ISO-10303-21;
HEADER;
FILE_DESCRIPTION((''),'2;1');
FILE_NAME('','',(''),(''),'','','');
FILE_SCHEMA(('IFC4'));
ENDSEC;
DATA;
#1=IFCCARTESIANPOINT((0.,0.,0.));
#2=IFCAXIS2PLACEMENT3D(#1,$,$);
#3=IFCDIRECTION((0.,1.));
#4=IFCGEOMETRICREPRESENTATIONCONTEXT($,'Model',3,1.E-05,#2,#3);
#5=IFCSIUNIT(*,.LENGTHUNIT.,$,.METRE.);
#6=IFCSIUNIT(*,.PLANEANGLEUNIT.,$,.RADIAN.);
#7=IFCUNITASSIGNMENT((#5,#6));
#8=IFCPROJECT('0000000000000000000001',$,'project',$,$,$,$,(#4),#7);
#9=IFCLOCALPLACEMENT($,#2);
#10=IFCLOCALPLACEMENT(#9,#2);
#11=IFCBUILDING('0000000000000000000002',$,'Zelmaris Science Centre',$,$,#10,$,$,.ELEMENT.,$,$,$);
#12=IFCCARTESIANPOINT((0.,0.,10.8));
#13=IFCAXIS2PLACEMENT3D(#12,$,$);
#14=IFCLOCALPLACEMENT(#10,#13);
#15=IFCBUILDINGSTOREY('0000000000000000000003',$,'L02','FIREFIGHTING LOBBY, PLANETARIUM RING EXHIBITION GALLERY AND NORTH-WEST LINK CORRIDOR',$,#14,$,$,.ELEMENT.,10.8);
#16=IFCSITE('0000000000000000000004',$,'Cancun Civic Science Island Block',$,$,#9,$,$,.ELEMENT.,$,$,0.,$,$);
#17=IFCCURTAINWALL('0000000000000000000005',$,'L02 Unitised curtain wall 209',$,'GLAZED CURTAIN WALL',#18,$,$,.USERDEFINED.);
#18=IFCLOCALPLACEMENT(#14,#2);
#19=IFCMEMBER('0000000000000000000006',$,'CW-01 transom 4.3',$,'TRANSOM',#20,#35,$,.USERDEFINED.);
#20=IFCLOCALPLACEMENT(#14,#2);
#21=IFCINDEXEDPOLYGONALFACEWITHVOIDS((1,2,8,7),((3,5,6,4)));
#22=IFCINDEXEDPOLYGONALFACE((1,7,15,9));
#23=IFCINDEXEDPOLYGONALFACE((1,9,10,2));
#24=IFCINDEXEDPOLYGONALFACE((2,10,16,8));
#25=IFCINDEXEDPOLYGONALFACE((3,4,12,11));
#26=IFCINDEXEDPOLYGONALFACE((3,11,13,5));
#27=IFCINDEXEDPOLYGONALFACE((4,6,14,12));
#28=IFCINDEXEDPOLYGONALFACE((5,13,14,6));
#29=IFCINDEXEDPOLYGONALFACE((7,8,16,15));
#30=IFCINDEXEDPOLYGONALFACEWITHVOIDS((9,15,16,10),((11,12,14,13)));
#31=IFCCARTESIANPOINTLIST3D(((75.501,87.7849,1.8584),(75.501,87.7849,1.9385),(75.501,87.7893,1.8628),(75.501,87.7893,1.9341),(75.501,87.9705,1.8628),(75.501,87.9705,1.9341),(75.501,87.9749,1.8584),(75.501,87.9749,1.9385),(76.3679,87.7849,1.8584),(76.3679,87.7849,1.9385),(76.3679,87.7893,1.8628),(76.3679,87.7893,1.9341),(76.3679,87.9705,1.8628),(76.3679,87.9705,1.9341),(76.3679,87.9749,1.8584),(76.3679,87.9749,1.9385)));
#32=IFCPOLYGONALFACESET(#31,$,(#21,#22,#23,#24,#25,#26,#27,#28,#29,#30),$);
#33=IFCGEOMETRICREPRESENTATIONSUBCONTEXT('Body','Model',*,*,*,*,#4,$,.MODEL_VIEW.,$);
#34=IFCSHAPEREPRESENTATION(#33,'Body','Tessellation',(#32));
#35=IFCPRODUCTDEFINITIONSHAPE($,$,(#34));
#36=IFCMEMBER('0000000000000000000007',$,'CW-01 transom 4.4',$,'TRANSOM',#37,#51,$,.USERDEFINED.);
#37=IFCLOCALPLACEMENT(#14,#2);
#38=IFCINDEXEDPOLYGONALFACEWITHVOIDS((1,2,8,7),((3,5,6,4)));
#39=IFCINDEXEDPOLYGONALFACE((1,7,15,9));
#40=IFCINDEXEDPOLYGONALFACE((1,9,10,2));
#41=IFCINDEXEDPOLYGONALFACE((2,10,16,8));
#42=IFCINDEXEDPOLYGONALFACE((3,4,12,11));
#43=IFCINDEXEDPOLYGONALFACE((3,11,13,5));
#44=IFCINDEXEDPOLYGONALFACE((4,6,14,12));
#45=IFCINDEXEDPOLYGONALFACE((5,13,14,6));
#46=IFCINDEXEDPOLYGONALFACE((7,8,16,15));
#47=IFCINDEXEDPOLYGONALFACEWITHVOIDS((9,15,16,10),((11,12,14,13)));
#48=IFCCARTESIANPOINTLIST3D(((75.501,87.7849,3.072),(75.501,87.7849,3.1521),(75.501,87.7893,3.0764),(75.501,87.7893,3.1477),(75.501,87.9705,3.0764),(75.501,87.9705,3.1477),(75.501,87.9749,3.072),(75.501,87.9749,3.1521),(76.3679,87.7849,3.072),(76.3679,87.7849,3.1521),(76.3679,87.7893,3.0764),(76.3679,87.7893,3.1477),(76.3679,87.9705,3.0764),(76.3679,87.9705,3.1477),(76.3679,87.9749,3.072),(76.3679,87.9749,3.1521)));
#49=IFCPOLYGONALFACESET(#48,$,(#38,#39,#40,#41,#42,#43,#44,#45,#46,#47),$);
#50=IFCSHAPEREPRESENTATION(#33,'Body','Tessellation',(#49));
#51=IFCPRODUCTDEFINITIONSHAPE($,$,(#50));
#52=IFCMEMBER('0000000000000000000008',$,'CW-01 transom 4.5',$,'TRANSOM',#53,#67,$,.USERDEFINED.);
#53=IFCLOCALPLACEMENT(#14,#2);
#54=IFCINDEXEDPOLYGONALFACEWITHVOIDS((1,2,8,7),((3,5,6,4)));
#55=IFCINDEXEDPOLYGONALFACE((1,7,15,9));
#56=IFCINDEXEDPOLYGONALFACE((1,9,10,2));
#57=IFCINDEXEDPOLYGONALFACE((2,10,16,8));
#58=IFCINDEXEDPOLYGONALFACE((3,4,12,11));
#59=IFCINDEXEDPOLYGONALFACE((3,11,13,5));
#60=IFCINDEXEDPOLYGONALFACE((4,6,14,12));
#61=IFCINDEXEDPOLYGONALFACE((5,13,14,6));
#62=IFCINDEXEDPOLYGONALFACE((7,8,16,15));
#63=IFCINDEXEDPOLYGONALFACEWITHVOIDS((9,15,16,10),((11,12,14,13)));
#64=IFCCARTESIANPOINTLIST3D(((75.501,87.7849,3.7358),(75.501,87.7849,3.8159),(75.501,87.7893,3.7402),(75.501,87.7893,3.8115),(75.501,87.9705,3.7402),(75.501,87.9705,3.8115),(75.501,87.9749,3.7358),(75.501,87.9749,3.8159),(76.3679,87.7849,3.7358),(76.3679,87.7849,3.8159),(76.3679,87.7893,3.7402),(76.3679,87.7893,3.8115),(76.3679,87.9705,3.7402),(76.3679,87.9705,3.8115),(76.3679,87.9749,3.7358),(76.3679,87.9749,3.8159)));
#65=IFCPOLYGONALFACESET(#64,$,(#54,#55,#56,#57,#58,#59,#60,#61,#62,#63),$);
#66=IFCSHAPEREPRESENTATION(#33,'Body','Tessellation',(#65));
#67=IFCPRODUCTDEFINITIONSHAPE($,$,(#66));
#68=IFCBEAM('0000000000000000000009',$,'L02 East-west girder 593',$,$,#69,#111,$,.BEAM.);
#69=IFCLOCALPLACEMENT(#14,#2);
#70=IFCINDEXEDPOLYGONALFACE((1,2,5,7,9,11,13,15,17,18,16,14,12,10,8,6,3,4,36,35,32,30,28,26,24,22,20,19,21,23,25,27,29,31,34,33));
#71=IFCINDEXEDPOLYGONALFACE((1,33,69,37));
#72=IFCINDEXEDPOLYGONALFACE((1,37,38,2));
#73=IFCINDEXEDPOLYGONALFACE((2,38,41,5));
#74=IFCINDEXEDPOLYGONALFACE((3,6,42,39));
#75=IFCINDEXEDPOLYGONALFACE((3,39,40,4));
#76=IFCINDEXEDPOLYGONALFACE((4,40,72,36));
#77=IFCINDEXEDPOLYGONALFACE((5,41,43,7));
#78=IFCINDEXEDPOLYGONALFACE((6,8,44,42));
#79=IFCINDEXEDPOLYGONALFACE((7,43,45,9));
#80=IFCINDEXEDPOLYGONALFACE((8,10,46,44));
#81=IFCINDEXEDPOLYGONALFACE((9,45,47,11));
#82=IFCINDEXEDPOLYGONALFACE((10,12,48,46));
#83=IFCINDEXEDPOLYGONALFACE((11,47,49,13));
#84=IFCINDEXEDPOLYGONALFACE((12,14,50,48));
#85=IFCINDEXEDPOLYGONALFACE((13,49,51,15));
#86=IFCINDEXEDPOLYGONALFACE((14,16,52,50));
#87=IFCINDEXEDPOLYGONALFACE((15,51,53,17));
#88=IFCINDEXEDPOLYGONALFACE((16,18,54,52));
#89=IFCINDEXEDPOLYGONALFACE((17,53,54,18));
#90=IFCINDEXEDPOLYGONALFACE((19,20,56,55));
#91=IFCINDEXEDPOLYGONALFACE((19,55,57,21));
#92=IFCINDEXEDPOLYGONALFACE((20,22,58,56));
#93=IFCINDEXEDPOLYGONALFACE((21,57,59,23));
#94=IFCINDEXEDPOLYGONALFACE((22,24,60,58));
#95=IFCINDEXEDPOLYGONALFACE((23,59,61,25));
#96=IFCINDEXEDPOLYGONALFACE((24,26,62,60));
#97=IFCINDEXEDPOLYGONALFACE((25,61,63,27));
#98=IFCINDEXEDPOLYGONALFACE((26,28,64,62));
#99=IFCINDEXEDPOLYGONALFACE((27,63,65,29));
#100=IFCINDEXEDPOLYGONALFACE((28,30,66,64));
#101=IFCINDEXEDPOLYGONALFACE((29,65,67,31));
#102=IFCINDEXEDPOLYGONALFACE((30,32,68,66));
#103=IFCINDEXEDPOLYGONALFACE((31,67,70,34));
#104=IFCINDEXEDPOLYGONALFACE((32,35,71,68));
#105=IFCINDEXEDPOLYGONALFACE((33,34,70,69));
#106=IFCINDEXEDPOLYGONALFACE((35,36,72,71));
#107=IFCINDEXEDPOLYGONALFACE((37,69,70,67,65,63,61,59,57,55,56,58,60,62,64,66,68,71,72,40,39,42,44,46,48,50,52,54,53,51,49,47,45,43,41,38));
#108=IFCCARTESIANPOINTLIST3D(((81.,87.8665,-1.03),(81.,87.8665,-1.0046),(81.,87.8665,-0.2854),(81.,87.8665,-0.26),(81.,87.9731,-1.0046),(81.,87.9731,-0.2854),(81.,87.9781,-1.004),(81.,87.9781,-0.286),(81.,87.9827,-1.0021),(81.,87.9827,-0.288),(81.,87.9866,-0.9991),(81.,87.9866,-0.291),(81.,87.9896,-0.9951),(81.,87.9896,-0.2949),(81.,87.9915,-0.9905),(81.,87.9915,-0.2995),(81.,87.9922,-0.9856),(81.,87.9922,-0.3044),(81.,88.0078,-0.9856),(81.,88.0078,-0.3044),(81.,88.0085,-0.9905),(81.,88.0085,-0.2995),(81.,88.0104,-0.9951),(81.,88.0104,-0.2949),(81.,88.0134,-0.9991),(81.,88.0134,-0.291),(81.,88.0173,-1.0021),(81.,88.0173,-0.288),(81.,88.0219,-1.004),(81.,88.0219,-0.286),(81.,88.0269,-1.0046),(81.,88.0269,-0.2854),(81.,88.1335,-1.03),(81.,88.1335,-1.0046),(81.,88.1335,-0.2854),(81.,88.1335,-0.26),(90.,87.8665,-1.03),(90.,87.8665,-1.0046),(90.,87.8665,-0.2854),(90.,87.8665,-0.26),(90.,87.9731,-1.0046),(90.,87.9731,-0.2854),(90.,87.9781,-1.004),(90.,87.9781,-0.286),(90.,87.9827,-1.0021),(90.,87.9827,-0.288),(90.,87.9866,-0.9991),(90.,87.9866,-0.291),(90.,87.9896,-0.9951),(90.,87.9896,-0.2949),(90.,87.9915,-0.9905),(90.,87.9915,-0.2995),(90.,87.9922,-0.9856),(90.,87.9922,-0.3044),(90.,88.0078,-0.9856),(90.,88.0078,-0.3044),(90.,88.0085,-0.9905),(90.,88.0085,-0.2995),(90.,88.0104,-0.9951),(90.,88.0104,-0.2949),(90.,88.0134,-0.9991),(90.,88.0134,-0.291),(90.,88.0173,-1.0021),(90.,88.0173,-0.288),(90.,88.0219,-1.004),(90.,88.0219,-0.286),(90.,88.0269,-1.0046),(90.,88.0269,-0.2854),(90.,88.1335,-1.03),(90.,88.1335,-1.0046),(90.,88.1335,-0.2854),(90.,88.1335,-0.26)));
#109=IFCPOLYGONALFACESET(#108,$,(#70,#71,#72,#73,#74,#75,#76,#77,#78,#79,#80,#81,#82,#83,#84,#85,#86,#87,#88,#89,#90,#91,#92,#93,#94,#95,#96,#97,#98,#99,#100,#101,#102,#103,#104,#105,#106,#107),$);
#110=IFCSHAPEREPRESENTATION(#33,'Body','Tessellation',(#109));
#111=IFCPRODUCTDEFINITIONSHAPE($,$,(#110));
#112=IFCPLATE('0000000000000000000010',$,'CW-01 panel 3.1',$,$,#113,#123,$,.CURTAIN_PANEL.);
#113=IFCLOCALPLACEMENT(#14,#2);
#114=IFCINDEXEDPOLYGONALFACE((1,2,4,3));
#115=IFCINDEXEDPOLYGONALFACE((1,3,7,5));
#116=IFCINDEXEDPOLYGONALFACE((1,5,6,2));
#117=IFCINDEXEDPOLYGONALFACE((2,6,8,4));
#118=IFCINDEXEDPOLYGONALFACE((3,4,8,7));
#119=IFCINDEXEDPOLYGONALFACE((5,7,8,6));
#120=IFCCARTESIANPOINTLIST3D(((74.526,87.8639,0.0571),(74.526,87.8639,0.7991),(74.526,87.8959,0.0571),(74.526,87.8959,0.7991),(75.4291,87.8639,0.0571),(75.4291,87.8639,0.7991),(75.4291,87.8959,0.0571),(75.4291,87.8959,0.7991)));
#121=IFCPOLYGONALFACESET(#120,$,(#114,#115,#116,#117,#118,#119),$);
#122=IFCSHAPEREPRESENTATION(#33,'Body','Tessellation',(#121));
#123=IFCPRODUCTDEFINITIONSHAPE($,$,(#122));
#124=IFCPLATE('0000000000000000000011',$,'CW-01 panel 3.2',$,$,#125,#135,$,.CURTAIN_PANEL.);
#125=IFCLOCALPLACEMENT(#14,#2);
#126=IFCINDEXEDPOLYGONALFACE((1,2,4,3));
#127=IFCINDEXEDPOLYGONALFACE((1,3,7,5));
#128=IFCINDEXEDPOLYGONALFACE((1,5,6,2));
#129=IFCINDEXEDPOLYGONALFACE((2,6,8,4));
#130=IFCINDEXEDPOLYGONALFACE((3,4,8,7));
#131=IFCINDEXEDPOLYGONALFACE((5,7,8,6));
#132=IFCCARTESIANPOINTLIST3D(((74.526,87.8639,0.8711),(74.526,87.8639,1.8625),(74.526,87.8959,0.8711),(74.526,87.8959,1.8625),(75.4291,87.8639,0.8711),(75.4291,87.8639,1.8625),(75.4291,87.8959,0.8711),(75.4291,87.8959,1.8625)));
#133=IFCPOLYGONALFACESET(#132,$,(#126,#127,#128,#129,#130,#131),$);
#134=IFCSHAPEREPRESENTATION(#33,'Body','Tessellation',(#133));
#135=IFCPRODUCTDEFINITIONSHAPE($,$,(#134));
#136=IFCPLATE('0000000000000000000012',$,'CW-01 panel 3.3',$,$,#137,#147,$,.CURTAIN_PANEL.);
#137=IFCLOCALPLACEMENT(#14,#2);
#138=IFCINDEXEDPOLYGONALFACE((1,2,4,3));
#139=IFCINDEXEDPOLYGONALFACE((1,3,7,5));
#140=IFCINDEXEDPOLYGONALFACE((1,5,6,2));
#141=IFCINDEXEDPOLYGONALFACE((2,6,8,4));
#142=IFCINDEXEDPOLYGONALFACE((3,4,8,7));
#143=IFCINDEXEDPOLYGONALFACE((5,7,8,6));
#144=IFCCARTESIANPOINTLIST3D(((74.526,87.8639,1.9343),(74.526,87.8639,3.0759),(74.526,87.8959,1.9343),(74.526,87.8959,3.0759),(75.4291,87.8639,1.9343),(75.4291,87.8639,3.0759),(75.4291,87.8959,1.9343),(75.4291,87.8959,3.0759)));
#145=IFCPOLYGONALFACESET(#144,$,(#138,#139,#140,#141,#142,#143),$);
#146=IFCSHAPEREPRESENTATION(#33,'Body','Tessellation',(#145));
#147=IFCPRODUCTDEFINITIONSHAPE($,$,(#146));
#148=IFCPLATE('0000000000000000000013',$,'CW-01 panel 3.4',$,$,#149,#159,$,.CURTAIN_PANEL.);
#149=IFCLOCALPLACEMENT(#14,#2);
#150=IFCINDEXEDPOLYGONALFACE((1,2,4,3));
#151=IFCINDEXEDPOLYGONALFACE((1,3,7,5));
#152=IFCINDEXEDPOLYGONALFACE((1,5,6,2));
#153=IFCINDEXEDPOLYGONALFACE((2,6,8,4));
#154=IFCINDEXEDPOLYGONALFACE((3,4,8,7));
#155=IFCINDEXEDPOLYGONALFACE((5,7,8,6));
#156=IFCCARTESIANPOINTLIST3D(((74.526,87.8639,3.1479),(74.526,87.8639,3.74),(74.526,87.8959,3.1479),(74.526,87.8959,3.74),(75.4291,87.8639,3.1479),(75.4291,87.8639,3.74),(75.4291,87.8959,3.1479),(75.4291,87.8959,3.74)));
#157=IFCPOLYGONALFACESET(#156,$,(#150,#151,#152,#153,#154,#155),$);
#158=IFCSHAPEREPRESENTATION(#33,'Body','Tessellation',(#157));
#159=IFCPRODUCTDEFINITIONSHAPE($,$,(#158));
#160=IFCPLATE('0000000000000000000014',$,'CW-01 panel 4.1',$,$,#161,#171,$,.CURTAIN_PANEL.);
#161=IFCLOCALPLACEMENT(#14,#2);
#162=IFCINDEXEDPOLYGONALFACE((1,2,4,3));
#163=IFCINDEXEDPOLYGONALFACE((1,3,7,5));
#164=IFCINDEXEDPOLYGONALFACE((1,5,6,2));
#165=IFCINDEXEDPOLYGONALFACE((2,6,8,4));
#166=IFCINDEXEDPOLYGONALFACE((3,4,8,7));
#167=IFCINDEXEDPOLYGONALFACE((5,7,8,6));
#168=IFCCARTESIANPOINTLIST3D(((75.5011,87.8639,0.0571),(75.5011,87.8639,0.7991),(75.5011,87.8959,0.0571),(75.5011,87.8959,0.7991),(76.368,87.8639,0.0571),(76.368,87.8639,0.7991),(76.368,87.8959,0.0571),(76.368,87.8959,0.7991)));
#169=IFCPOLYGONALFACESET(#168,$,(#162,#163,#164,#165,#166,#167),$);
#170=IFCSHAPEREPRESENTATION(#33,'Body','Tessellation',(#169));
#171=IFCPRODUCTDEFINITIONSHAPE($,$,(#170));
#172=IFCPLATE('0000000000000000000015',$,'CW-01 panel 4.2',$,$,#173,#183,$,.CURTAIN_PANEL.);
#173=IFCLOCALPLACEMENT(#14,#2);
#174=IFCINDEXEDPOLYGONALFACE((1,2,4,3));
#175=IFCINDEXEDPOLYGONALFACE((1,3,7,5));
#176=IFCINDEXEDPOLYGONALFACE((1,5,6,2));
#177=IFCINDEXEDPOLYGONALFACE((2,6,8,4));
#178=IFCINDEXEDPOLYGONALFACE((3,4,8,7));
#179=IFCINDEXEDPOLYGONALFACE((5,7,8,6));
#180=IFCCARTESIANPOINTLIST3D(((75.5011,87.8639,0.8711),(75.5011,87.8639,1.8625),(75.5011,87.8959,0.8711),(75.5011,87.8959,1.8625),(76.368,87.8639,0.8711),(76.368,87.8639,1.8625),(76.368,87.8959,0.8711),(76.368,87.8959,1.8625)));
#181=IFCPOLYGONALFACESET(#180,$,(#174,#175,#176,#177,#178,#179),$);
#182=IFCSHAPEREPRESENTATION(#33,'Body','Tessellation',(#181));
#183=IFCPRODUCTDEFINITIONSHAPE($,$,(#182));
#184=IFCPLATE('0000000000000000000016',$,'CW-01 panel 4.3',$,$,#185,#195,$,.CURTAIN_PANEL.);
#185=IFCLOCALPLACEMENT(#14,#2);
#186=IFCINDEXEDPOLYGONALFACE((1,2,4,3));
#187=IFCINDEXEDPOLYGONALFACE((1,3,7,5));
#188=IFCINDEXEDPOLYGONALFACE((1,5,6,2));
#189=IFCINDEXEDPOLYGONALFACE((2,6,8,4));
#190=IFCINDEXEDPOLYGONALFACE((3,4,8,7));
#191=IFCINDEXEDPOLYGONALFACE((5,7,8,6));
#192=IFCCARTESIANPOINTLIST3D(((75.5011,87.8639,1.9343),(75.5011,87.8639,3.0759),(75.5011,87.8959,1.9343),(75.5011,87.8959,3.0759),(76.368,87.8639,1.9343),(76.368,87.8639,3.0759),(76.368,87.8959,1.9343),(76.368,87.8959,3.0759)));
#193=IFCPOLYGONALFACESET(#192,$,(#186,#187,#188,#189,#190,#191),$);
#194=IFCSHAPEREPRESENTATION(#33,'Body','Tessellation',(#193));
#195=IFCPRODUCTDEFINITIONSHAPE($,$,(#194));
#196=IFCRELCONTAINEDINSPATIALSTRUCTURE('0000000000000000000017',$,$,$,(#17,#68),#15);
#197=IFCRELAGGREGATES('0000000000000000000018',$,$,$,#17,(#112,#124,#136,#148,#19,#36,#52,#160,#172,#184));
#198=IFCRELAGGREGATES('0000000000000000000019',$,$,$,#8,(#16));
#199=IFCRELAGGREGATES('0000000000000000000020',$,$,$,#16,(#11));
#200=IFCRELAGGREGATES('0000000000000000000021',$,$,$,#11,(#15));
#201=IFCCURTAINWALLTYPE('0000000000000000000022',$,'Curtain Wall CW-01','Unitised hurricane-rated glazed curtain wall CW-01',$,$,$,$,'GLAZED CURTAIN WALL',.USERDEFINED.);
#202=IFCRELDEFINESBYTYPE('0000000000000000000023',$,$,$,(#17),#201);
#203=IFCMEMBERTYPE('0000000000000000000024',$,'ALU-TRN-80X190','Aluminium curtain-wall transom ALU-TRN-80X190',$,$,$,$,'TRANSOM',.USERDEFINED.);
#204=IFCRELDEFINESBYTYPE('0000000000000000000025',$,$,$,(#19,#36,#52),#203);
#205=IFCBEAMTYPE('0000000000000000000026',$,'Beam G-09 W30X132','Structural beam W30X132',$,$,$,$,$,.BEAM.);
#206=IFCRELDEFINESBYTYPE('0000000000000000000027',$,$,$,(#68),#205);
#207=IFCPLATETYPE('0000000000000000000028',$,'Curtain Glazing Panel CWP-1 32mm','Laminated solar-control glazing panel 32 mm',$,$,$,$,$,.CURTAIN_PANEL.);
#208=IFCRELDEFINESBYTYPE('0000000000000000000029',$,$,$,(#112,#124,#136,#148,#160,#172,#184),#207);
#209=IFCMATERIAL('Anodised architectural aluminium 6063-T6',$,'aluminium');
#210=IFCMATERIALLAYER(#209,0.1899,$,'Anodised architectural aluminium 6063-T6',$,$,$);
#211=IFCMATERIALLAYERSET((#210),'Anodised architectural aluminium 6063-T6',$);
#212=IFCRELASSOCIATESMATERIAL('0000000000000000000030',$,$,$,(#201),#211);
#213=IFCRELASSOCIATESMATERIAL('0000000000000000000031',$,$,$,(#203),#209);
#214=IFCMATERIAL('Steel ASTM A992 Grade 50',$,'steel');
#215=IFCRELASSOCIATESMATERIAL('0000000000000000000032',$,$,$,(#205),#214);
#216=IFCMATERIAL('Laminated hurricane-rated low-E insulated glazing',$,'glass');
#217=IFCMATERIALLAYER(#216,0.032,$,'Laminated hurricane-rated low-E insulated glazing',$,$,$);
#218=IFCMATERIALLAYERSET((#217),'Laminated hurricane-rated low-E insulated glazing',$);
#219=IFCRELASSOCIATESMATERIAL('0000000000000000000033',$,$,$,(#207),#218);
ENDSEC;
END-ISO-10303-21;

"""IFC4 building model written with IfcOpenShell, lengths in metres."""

from ifc_helpers import new_model, si_unit, direction, frame, origin, origin_2d, place, context, subcontext, project, spatial, rectangle, hollow_rectangle, i_section, extrude, material, layer, layer_set, material_profile, profile_set, type_object, element, aggregate, save


model = new_model("IFC4")

# Units and contexts
model_context = context("Model", 3, precision=1e-05, world=origin(), true_north=direction((0.0, 1.0)))
body_context = subcontext(model_context, "Body", "Model", "MODEL_VIEW")
ifc_project = project(units=[si_unit("LENGTHUNIT", "METRE"), si_unit("PLANEANGLEUNIT", "RADIAN")], contexts=[model_context])

# Site, building, storey
site_placement = place(None, origin())
site = spatial("IfcSite", under=ifc_project, at=site_placement, Name="Cancun Civic Science Island Block", CompositionType="ELEMENT", RefElevation=0.0)
building_placement = place(site_placement, origin())
building = spatial("IfcBuilding", under=site, at=building_placement, Name="Zelmaris Science Centre", CompositionType="ELEMENT")
storey_placement = place(building_placement, frame((0.0, 0.0, 10.8)))
storey = spatial("IfcBuildingStorey", under=building, at=storey_placement, Name="L02", Description="FIREFIGHTING LOBBY, PLANETARIUM RING EXHIBITION GALLERY AND NORTH-WEST LINK CORRIDOR", CompositionType="ELEMENT", Elevation=10.8)

# Shared definitions
ifc_material_1 = material(Name="Steel ASTM A992 Grade 50", Category="steel")

# Curtain wall, members
ifc_material_2 = material(Name="Anodised architectural aluminium 6063-T6", Category="aluminium")
ifc_layer_1 = layer(ifc_material_2, 0.1899, Name="Anodised architectural aluminium 6063-T6")
ifc_layer_set_1 = layer_set([ifc_layer_1], Name="Anodised architectural aluminium 6063-T6")
curtain_wall_type = type_object("IfcCurtainWallType", Name="Curtain Wall CW-01", Description="Unitised hurricane-rated glazed curtain wall CW-01", ElementType="GLAZED CURTAIN WALL", PredefinedType="USERDEFINED", material=ifc_layer_set_1)
curtain_wall_placement = place(storey_placement, origin())
curtain_wall = element("IfcCurtainWall", 1, at=curtain_wall_placement, inside=storey, type_object=curtain_wall_type, Name="L02 Unitised curtain wall 209", ObjectType="GLAZED CURTAIN WALL", PredefinedType="USERDEFINED")
ifc_material_profile_1 = material_profile(ifc_material_2, hollow_rectangle(XDim=0.0801, YDim=0.1899, WallThickness=0.0044, at=origin_2d()), Name="ALU-TRN-80X190")
ifc_profile_set_1 = profile_set([ifc_material_profile_1], Name="Anodised architectural aluminium 6063-T6")
member_type_1 = type_object("IfcMemberType", Name="ALU-TRN-80X190", Description="Aluminium curtain-wall transom ALU-TRN-80X190", ElementType="TRANSOM", PredefinedType="USERDEFINED", material=ifc_profile_set_1)
member_1_placement = place(storey_placement, frame((75.501, 87.8799, 1.8984), z_axis=(1.0, 0.0, 0.0), x_axis=(0.0, 0.0, 1.0)))
member_1 = element("IfcMember", 2, at=member_1_placement, type_object=member_type_1, Name="CW-01 transom 4.3", ObjectType="TRANSOM", PredefinedType="USERDEFINED", context=body_context, shape_type="SweptSolid", body=[
    extrude(hollow_rectangle(XDim=0.0801, YDim=0.1899, WallThickness=0.0044, at=origin_2d()), origin(), (0.0, 0.0, 1.0), 0.8669),
])
member_2_placement = place(storey_placement, frame((75.501, 87.8799, 3.1121), z_axis=(1.0, 0.0, 0.0), x_axis=(0.0, 0.0, 1.0)))
member_2 = element("IfcMember", 3, at=member_2_placement, type_object=member_type_1, Name="CW-01 transom 4.4", ObjectType="TRANSOM", PredefinedType="USERDEFINED", context=body_context, shape_type="SweptSolid", body=[
    extrude(hollow_rectangle(XDim=0.0801, YDim=0.1899, WallThickness=0.0044, at=origin_2d()), origin(), (0.0, 0.0, 1.0), 0.8669),
])
member_3_placement = place(storey_placement, frame((75.501, 87.8799, 3.7759), z_axis=(1.0, 0.0, 0.0), x_axis=(0.0, 0.0, 1.0)))
member_3 = element("IfcMember", 4, at=member_3_placement, type_object=member_type_1, Name="CW-01 transom 4.5", ObjectType="TRANSOM", PredefinedType="USERDEFINED", context=body_context, shape_type="SweptSolid", body=[
    extrude(hollow_rectangle(XDim=0.0801, YDim=0.1899, WallThickness=0.0044, at=origin_2d()), origin(), (0.0, 0.0, 1.0), 0.8669),
])

# Beam
ifc_material_profile_2 = material_profile(ifc_material_1, i_section(OverallWidth=0.2671, OverallDepth=0.77, WebThickness=0.0156, FlangeThickness=0.0254, FilletRadius=0.019, at=origin_2d()), Name="W30X132")
ifc_profile_set_2 = profile_set([ifc_material_profile_2], Name="Steel ASTM A992 Grade 50")
beam_type = type_object("IfcBeamType", Name="Beam G-09 W30X132", Description="Structural beam W30X132", PredefinedType="BEAM", material=ifc_profile_set_2)
beam_placement = place(storey_placement, frame((81.0, 88.0, -0.645), z_axis=(1.0, 0.0, 0.0), x_axis=(0.0, 1.0, 0.0)))
element("IfcBeam", 5, at=beam_placement, inside=storey, type_object=beam_type, Name="L02 East-west girder 593", PredefinedType="BEAM", context=body_context, shape_type="SweptSolid", body=[
    extrude(i_section(OverallWidth=0.2671, OverallDepth=0.77, WebThickness=0.0156, FlangeThickness=0.0254, FilletRadius=0.019, at=origin_2d()), origin(), (0.0, 0.0, 1.0), 9.0),
])

# Plates
ifc_material_3 = material(Name="Laminated hurricane-rated low-E insulated glazing", Category="glass")
ifc_layer_2 = layer(ifc_material_3, 0.032, Name="Laminated hurricane-rated low-E insulated glazing")
ifc_layer_set_2 = layer_set([ifc_layer_2], Name="Laminated hurricane-rated low-E insulated glazing")
plate_type = type_object("IfcPlateType", Name="Curtain Glazing Panel CWP-1 32mm", Description="Laminated solar-control glazing panel 32 mm", PredefinedType="CURTAIN_PANEL", material=ifc_layer_set_2)
plate_1_placement = place(storey_placement, frame((74.9775, 87.8799, 0.0571), z_axis=(0.0, 0.0, 1.0), x_axis=(1.0, 0.0, 0.0)))
plate_1 = element("IfcPlate", 6, at=plate_1_placement, type_object=plate_type, Name="CW-01 panel 3.1", PredefinedType="CURTAIN_PANEL", context=body_context, shape_type="SweptSolid", body=[
    extrude(rectangle(XDim=0.9031, YDim=0.032, at=origin_2d()), origin(), (0.0, 0.0, 1.0), 0.7419),
])
plate_2_placement = place(storey_placement, frame((74.9775, 87.8799, 0.8711), z_axis=(0.0, 0.0, 1.0), x_axis=(1.0, 0.0, 0.0)))
plate_2 = element("IfcPlate", 7, at=plate_2_placement, type_object=plate_type, Name="CW-01 panel 3.2", PredefinedType="CURTAIN_PANEL", context=body_context, shape_type="SweptSolid", body=[
    extrude(rectangle(XDim=0.9031, YDim=0.032, at=origin_2d()), origin(), (0.0, 0.0, 1.0), 0.9915),
])
plate_3_placement = place(storey_placement, frame((74.9775, 87.8799, 1.9343), z_axis=(0.0, 0.0, 1.0), x_axis=(1.0, 0.0, 0.0)))
plate_3 = element("IfcPlate", 8, at=plate_3_placement, type_object=plate_type, Name="CW-01 panel 3.3", PredefinedType="CURTAIN_PANEL", context=body_context, shape_type="SweptSolid", body=[
    extrude(rectangle(XDim=0.9031, YDim=0.032, at=origin_2d()), origin(), (0.0, 0.0, 1.0), 1.1416),
])
plate_4_placement = place(storey_placement, frame((74.9775, 87.8799, 3.1479), z_axis=(0.0, 0.0, 1.0), x_axis=(1.0, 0.0, 0.0)))
plate_4 = element("IfcPlate", 9, at=plate_4_placement, type_object=plate_type, Name="CW-01 panel 3.4", PredefinedType="CURTAIN_PANEL", context=body_context, shape_type="SweptSolid", body=[
    extrude(rectangle(XDim=0.9031, YDim=0.032, at=origin_2d()), origin(), (0.0, 0.0, 1.0), 0.592),
])
plate_5_placement = place(storey_placement, frame((75.9346, 87.8799, 0.0571), z_axis=(0.0, 0.0, 1.0), x_axis=(1.0, 0.0, 0.0)))
plate_5 = element("IfcPlate", 10, at=plate_5_placement, type_object=plate_type, Name="CW-01 panel 4.1", PredefinedType="CURTAIN_PANEL", context=body_context, shape_type="SweptSolid", body=[
    extrude(rectangle(XDim=0.8669, YDim=0.032, at=origin_2d()), origin(), (0.0, 0.0, 1.0), 0.7419),
])
plate_6_placement = place(storey_placement, frame((75.9346, 87.8799, 0.8711), z_axis=(0.0, 0.0, 1.0), x_axis=(1.0, 0.0, 0.0)))
plate_6 = element("IfcPlate", 11, at=plate_6_placement, type_object=plate_type, Name="CW-01 panel 4.2", PredefinedType="CURTAIN_PANEL", context=body_context, shape_type="SweptSolid", body=[
    extrude(rectangle(XDim=0.8669, YDim=0.032, at=origin_2d()), origin(), (0.0, 0.0, 1.0), 0.9915),
])
plate_7_placement = place(storey_placement, frame((75.9346, 87.8799, 1.9343), z_axis=(0.0, 0.0, 1.0), x_axis=(1.0, 0.0, 0.0)))
plate_7 = element("IfcPlate", 12, at=plate_7_placement, type_object=plate_type, Name="CW-01 panel 4.3", PredefinedType="CURTAIN_PANEL", context=body_context, shape_type="SweptSolid", body=[
    extrude(rectangle(XDim=0.8669, YDim=0.032, at=origin_2d()), origin(), (0.0, 0.0, 1.0), 1.1416),
])
aggregate(curtain_wall, [plate_1, plate_2, plate_3, plate_4, member_1, member_2, member_3, plate_5, plate_6, plate_7])

save(model, "model.ifc")
